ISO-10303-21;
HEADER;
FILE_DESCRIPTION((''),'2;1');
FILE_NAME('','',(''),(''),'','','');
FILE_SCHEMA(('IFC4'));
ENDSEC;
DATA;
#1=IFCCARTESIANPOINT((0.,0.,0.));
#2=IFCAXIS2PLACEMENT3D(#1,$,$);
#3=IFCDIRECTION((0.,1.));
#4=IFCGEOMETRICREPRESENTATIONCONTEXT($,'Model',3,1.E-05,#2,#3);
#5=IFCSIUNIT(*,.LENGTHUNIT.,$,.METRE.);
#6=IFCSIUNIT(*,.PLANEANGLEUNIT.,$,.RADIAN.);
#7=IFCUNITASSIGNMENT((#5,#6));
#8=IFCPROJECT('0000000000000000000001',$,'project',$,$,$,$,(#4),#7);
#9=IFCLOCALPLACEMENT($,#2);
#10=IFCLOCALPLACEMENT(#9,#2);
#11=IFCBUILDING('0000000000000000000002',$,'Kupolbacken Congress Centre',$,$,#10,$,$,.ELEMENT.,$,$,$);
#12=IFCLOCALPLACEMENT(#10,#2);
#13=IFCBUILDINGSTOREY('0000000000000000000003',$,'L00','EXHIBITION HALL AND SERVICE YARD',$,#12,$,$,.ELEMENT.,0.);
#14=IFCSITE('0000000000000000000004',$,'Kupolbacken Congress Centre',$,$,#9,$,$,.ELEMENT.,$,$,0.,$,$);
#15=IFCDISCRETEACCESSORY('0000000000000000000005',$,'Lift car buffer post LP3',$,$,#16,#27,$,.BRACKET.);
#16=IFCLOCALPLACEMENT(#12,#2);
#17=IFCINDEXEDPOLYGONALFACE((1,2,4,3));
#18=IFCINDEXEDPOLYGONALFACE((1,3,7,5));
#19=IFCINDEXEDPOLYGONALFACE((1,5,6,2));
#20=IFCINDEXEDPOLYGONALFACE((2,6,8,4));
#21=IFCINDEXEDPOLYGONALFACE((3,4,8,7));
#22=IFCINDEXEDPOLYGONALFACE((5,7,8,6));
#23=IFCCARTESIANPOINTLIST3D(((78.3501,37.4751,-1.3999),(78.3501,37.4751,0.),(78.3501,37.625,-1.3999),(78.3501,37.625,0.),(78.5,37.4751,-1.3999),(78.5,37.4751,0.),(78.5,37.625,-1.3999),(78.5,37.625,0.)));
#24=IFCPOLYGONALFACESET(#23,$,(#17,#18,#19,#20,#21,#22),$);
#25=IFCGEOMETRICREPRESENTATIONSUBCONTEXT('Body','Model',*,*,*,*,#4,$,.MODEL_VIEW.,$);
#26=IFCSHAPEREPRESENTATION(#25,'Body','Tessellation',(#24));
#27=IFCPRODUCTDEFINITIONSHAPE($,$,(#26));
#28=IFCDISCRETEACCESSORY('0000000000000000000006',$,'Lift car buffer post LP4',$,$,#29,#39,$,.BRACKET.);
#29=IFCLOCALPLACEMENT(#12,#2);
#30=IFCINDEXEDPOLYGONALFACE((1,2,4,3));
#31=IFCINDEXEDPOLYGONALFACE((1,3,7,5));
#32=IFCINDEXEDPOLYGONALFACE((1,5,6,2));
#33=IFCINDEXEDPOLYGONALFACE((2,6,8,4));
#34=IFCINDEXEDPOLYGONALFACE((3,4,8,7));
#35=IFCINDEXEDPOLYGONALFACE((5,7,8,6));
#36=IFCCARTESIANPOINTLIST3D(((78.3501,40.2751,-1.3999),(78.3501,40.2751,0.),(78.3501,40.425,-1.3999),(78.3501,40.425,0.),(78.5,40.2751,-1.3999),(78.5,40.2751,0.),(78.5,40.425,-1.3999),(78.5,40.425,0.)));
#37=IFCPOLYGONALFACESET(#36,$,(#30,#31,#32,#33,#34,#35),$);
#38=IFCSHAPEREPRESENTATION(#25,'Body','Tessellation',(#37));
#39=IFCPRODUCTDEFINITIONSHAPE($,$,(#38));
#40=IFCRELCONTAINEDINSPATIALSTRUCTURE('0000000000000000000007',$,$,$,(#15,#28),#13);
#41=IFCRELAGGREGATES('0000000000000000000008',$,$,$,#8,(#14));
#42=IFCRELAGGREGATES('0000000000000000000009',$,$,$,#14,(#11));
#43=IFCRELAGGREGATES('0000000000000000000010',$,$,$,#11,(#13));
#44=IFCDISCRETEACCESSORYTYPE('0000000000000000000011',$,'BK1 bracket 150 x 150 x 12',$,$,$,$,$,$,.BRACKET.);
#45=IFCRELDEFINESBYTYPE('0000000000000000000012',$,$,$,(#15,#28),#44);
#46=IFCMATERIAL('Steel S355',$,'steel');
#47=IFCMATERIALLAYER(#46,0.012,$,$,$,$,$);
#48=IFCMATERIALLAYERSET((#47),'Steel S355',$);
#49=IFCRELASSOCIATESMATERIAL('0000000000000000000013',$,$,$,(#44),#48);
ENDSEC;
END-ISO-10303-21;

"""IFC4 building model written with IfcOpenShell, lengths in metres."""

from ifc_helpers import new_model, si_unit, direction, frame, origin, origin_2d, place, context, subcontext, project, spatial, rectangle, extrude, material, layer, layer_set, type_object, element, save


model = new_model("IFC4")

# Units and contexts
model_context = context("Model", 3, precision=1e-05, world=origin(), true_north=direction((0.0, 1.0)))
body_context = subcontext(model_context, "Body", "Model", "MODEL_VIEW")
ifc_project = project(units=[si_unit("LENGTHUNIT", "METRE"), si_unit("PLANEANGLEUNIT", "RADIAN")], contexts=[model_context])

# Site, building, storey
site_placement = place(None, origin())
site = spatial("IfcSite", under=ifc_project, at=site_placement, Name="Kupolbacken Congress Centre", CompositionType="ELEMENT", RefElevation=0.0)
building_placement = place(site_placement, origin())
building = spatial("IfcBuilding", under=site, at=building_placement, Name="Kupolbacken Congress Centre", CompositionType="ELEMENT")
storey_placement = place(building_placement, origin())
storey = spatial("IfcBuildingStorey", under=building, at=storey_placement, Name="L00", Description="EXHIBITION HALL AND SERVICE YARD", CompositionType="ELEMENT", Elevation=0.0)

# Discrete accessories
ifc_material_1 = material(Name="Steel S355", Category="steel")
ifc_layer_1 = layer(ifc_material_1, 0.012)
ifc_layer_set_1 = layer_set([ifc_layer_1], Name="Steel S355")
discrete_accessory_type = type_object("IfcDiscreteAccessoryType", Name="BK1 bracket 150 x 150 x 12", PredefinedType="BRACKET", material=ifc_layer_set_1)
for number, where, z_axis, x_axis, name in (
    (1, (78.425, 37.55, -1.3999), (0.0, 0.0, 1.0), (1.0, 0.0, 0.0), "Lift car buffer post LP3"),
    (2, (78.425, 40.3501, -1.3999), (0.0, 0.0, 1.0), (1.0, 0.0, 0.0), "Lift car buffer post LP4"),
):
    element("IfcDiscreteAccessory", number, at=place(storey_placement, frame(where, z_axis=z_axis, x_axis=x_axis)), inside=storey, type_object=discrete_accessory_type, Name=name, PredefinedType="BRACKET", context=body_context, shape_type="SweptSolid", body=[
        extrude(rectangle(XDim=0.1499, YDim=0.1499, at=origin_2d()), origin(), (0.0, 0.0, 1.0), 1.3999),
    ])

save(model, "model.ifc")
